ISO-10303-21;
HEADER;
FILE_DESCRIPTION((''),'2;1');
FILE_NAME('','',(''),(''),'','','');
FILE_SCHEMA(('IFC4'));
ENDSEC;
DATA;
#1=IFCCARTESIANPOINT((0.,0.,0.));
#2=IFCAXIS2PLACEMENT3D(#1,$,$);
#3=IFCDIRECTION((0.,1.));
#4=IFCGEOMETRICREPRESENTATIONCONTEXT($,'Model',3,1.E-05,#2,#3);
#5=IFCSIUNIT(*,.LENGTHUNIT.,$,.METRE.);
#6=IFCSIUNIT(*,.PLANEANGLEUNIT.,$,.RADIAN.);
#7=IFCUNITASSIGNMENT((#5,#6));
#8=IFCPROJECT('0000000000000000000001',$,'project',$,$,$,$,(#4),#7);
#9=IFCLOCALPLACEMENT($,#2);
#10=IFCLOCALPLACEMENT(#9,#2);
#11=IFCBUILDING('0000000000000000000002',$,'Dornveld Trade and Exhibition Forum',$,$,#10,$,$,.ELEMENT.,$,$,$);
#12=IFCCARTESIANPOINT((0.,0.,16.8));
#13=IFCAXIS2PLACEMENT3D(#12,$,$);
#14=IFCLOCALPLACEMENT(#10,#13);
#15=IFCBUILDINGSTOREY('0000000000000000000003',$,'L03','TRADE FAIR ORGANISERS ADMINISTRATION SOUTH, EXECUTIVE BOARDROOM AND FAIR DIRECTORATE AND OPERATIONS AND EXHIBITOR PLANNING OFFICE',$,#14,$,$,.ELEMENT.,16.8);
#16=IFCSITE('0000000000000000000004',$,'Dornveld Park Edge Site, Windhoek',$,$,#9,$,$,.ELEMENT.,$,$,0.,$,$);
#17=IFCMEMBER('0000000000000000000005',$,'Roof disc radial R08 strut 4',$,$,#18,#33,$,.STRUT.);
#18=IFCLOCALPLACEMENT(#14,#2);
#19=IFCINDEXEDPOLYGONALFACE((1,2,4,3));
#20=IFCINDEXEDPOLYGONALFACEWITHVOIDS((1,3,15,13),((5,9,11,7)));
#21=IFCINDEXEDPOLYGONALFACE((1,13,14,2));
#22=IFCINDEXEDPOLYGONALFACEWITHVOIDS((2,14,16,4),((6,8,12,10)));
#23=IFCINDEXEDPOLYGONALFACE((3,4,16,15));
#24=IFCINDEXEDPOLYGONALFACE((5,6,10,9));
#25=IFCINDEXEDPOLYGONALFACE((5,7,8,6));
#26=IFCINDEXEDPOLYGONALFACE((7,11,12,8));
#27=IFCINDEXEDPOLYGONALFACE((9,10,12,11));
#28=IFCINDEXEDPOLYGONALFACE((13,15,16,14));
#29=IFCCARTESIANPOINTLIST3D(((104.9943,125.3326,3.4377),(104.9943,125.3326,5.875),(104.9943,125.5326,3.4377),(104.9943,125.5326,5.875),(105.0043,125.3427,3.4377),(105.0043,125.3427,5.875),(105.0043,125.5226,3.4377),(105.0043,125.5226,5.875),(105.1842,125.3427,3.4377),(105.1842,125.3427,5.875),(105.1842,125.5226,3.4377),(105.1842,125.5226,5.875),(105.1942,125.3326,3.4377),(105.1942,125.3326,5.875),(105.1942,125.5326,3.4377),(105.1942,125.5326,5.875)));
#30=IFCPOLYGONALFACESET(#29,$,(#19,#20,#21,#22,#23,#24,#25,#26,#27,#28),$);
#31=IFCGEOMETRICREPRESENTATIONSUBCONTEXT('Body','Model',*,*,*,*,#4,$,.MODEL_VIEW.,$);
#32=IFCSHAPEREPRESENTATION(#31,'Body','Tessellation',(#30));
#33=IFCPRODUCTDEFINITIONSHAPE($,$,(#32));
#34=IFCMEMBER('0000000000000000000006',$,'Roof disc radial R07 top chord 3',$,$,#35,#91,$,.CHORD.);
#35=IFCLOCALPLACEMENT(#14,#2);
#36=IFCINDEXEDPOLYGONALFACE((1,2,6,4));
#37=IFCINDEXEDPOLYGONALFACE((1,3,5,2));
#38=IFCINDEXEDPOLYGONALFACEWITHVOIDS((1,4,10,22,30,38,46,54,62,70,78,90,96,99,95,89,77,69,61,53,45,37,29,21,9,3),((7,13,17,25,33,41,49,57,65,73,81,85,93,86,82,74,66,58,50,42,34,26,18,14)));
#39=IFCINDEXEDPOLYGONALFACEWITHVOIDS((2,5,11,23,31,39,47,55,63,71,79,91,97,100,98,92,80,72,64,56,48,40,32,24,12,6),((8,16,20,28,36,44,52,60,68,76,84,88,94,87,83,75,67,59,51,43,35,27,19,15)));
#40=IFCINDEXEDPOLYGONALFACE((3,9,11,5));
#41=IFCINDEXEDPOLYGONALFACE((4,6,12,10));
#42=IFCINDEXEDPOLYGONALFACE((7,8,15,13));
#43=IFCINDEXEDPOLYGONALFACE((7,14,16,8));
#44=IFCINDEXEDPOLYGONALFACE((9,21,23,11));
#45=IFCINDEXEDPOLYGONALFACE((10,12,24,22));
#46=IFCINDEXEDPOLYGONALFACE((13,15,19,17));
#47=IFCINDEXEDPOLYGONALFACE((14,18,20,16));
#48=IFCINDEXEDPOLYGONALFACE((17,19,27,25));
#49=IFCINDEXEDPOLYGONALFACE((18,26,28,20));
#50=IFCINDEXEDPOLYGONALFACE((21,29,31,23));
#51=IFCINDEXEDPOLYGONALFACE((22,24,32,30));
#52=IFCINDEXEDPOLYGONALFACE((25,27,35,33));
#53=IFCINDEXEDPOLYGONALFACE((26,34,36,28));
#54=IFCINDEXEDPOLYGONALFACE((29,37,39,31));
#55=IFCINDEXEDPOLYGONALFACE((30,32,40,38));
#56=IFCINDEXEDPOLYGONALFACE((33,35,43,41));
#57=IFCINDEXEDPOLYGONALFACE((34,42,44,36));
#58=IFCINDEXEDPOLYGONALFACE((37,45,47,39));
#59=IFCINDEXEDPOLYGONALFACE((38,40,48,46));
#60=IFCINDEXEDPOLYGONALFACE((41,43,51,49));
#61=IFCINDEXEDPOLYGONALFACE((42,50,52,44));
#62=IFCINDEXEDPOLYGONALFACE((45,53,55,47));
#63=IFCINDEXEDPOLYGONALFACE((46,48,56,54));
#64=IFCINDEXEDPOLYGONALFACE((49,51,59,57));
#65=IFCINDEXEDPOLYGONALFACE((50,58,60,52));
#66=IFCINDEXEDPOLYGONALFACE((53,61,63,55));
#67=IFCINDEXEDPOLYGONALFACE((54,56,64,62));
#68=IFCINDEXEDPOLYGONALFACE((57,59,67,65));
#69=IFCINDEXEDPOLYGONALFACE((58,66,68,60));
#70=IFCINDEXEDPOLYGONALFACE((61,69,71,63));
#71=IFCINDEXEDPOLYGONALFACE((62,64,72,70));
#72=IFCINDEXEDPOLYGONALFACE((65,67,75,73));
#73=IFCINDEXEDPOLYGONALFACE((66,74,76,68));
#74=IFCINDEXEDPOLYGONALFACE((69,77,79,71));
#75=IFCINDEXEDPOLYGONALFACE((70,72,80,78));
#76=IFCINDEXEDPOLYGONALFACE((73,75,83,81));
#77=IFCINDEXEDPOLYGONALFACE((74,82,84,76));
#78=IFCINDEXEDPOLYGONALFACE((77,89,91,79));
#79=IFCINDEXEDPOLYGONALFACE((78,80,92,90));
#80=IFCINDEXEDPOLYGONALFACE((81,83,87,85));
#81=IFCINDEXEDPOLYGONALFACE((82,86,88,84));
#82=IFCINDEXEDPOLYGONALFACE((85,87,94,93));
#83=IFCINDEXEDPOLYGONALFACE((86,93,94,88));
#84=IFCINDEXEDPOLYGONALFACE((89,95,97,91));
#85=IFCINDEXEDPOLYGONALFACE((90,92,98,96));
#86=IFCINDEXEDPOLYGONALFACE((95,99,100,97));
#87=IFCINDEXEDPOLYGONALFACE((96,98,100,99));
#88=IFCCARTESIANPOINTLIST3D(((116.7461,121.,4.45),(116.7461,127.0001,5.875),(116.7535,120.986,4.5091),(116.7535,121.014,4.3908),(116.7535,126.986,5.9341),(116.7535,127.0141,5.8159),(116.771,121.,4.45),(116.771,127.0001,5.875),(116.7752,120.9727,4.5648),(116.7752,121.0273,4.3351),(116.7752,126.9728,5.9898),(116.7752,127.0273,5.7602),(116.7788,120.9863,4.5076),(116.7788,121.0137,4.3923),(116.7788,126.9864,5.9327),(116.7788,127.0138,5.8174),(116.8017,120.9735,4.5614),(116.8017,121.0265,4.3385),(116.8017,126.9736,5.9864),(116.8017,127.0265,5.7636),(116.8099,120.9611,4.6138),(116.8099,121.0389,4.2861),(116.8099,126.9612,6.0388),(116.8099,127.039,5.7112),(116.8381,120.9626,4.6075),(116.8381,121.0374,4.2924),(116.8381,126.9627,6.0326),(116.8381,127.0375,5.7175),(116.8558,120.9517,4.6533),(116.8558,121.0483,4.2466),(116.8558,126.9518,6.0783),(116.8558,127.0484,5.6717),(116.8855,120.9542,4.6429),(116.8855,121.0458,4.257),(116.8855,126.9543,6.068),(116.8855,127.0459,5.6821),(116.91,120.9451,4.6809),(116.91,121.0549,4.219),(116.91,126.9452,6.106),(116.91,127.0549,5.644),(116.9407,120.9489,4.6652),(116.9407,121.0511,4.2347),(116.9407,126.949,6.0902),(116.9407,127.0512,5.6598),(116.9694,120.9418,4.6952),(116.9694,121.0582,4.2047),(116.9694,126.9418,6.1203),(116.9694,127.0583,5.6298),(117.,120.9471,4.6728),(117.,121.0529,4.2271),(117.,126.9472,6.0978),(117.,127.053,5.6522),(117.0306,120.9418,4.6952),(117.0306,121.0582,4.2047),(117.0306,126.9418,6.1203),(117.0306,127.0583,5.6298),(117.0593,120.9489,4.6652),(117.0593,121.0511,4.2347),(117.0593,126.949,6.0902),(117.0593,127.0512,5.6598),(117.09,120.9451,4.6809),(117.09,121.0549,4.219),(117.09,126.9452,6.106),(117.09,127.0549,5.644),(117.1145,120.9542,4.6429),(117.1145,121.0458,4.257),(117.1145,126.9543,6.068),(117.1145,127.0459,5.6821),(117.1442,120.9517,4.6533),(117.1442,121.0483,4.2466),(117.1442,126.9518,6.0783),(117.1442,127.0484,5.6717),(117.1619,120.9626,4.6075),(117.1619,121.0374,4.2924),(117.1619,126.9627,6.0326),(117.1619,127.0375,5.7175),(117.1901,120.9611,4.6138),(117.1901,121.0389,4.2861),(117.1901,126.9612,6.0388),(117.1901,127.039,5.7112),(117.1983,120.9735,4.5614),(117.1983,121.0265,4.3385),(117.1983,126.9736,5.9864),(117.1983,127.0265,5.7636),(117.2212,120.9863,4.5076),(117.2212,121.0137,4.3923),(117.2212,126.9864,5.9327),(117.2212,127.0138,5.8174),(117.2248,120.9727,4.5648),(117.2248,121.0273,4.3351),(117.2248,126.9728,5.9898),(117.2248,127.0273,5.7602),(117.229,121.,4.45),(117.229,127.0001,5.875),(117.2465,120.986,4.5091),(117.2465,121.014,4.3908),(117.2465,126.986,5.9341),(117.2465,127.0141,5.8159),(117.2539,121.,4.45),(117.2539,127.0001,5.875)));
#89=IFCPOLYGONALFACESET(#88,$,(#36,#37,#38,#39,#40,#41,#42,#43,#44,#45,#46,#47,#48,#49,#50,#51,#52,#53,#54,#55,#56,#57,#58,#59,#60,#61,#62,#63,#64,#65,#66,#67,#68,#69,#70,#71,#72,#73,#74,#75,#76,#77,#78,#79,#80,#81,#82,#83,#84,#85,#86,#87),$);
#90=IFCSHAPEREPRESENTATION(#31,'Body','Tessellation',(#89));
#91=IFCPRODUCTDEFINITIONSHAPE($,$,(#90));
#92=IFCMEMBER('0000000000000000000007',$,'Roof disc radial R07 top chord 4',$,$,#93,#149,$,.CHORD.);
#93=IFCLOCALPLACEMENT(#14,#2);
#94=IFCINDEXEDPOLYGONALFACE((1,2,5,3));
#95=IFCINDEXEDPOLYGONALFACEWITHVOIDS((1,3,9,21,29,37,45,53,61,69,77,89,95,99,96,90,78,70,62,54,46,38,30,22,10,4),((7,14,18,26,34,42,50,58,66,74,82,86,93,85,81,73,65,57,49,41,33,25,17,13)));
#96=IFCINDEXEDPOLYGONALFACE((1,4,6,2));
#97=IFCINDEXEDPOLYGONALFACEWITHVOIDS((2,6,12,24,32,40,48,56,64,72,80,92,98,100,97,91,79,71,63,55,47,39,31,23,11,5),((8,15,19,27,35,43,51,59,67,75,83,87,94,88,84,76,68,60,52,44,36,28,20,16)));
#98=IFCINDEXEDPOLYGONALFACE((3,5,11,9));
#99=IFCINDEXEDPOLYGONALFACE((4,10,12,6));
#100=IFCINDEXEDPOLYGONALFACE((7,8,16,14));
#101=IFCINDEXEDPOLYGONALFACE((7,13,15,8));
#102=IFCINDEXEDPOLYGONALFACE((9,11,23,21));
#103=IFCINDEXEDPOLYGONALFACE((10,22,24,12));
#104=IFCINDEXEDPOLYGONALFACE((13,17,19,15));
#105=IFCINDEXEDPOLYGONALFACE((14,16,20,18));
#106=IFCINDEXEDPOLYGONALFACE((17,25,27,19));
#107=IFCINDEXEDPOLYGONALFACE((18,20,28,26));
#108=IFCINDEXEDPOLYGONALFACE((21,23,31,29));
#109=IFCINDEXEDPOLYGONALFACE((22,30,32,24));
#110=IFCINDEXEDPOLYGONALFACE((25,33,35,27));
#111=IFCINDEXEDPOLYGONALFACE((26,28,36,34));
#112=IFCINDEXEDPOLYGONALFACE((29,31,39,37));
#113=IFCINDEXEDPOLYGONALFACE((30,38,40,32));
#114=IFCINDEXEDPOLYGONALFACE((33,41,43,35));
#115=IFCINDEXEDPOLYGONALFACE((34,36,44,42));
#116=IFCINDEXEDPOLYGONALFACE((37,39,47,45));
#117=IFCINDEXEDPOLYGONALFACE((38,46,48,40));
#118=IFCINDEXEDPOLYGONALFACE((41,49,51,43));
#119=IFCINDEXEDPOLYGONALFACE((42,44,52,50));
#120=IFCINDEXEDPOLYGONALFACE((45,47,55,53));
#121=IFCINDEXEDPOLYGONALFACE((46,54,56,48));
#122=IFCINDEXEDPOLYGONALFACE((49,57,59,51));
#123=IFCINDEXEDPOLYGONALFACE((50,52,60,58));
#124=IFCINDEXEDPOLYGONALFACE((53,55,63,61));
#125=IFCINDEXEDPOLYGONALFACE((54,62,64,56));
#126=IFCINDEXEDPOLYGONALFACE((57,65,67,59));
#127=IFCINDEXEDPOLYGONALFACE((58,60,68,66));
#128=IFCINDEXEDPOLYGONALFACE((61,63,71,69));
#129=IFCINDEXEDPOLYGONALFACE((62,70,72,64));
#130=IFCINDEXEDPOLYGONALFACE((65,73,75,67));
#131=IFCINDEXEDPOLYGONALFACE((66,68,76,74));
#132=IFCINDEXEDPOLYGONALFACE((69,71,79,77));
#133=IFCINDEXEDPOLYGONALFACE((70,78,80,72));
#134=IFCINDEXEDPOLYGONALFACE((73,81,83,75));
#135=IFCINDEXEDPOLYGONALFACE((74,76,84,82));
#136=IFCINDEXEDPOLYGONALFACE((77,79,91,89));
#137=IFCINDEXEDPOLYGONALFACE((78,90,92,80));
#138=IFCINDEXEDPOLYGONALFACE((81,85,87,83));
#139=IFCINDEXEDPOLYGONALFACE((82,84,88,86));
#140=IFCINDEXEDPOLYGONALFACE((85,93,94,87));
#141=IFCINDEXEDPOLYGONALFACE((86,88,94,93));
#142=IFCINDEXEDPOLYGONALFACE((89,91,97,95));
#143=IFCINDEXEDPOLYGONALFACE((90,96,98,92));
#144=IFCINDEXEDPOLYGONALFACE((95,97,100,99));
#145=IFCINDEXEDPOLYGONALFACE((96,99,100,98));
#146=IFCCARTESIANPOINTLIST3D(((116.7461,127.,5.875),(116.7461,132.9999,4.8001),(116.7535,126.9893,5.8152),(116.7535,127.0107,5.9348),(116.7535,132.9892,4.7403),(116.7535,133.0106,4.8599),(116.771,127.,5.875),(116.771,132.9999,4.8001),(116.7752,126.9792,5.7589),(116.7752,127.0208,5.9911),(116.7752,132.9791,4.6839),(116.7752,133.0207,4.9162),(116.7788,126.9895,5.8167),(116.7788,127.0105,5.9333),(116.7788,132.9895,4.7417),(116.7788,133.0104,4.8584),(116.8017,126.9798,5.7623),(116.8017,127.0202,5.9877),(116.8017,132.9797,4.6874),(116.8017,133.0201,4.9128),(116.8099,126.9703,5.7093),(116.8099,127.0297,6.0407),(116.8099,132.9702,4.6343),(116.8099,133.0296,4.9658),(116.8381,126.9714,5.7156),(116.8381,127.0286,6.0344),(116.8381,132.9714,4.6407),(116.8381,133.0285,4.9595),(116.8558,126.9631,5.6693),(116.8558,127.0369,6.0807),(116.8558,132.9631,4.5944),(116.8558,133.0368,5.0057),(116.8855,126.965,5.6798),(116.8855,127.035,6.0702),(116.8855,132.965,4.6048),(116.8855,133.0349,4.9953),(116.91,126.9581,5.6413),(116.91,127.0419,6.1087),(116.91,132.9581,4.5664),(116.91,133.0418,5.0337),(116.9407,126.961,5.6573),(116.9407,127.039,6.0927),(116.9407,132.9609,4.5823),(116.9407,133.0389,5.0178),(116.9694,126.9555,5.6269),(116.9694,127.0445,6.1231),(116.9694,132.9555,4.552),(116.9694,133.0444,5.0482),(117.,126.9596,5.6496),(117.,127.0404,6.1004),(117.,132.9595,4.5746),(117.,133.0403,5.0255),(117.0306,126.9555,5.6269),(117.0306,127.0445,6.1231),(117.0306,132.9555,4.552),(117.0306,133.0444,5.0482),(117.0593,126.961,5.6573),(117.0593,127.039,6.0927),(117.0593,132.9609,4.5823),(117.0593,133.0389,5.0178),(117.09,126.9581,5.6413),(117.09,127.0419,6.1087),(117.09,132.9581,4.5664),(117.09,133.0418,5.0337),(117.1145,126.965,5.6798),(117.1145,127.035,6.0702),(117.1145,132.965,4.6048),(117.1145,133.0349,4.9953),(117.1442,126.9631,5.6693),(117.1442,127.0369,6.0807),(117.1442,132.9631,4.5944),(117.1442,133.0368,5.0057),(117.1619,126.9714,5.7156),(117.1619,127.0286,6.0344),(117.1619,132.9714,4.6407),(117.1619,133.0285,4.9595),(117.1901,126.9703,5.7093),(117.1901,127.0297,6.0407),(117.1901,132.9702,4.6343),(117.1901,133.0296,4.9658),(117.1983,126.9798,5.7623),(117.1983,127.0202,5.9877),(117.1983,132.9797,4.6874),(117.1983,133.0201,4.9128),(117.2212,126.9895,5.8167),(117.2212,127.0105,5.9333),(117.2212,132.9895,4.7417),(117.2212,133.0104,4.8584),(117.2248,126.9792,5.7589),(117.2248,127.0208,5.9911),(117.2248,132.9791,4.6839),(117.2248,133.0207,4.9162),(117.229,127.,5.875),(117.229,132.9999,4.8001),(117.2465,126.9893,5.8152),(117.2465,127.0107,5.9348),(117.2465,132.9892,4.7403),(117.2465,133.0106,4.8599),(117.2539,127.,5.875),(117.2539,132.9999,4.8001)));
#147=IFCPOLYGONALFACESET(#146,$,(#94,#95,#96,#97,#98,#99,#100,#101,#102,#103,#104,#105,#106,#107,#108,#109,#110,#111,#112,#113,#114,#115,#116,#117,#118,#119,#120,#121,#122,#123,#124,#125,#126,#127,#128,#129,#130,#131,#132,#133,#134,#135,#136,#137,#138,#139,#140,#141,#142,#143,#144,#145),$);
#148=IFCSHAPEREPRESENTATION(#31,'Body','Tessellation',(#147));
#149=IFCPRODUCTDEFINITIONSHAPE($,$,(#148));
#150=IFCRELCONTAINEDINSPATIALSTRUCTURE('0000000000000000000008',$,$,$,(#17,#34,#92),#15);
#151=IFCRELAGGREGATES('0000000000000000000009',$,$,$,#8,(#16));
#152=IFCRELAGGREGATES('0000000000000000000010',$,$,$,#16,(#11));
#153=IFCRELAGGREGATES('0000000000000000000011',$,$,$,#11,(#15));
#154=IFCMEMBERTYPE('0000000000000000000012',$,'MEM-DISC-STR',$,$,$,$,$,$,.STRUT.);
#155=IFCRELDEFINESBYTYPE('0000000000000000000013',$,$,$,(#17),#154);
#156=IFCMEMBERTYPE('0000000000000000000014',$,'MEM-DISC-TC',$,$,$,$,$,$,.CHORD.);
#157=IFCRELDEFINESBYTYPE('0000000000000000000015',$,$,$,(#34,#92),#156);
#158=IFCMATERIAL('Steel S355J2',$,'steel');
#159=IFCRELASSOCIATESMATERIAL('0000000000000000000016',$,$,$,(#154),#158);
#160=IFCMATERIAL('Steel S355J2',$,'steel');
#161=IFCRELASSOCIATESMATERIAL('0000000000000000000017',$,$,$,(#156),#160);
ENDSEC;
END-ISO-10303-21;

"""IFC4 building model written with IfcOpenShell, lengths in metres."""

from ifc_helpers import new_model, si_unit, direction, frame, origin, origin_2d, place, context, subcontext, project, spatial, hollow_rectangle, hollow_circle, extrude, material, material_profile, profile_set, type_object, element, save


model = new_model("IFC4")

# Units and contexts
model_context = context("Model", 3, precision=1e-05, world=origin(), true_north=direction((0.0, 1.0)))
body_context = subcontext(model_context, "Body", "Model", "MODEL_VIEW")
ifc_project = project(units=[si_unit("LENGTHUNIT", "METRE"), si_unit("PLANEANGLEUNIT", "RADIAN")], contexts=[model_context])

# Site, building, storey
site_placement = place(None, origin())
site = spatial("IfcSite", under=ifc_project, at=site_placement, Name="Dornveld Park Edge Site, Windhoek", CompositionType="ELEMENT", RefElevation=0.0)
building_placement = place(site_placement, origin())
building = spatial("IfcBuilding", under=site, at=building_placement, Name="Dornveld Trade and Exhibition Forum", CompositionType="ELEMENT")
storey_placement = place(building_placement, frame((0.0, 0.0, 16.8)))
storey = spatial("IfcBuildingStorey", under=building, at=storey_placement, Name="L03", Description="TRADE FAIR ORGANISERS ADMINISTRATION SOUTH, EXECUTIVE BOARDROOM AND FAIR DIRECTORATE AND OPERATIONS AND EXHIBITOR PLANNING OFFICE", CompositionType="ELEMENT", Elevation=16.8)

# Members
ifc_material_1 = material(Name="Steel S355J2", Category="steel")
ifc_material_profile_1 = material_profile(ifc_material_1, hollow_rectangle(XDim=0.2, YDim=0.2, WallThickness=0.01, at=origin_2d()), Name="SHS 200x200x10")
ifc_profile_set_1 = profile_set([ifc_material_profile_1], Name="Steel S355J2")
member_type_1 = type_object("IfcMemberType", Name="MEM-DISC-STR", PredefinedType="STRUT", material=ifc_profile_set_1)
member_1_placement = place(storey_placement, frame((105.0942, 125.4326, 3.4377), z_axis=(0.0, 0.0, 1.0), x_axis=(1.0, 0.0, 0.0)))
element("IfcMember", 1, at=member_1_placement, inside=storey, type_object=member_type_1, Name="Roof disc radial R08 strut 4", PredefinedType="STRUT", context=body_context, shape_type="SweptSolid", body=[
    extrude(hollow_rectangle(XDim=0.2, YDim=0.2, WallThickness=0.01, at=origin_2d()), origin(), (0.0, 0.0, 1.0), 2.4373),
])
ifc_material_2 = material(Name="Steel S355J2", Category="steel")
ifc_material_profile_2 = material_profile(ifc_material_2, hollow_circle(Radius=0.2539, WallThickness=0.0249, at=origin_2d()), Name="CHS 508x25")
ifc_profile_set_2 = profile_set([ifc_material_profile_2], Name="Steel S355J2")
member_type_2 = type_object("IfcMemberType", Name="MEM-DISC-TC", PredefinedType="CHORD", material=ifc_profile_set_2)
member_2_placement = place(storey_placement, frame((117.0, 121.0, 4.45), z_axis=(0.0, 0.972935, 0.23108), x_axis=(-1.0, 0.0, 0.0)))
element("IfcMember", 2, at=member_2_placement, inside=storey, type_object=member_type_2, Name="Roof disc radial R07 top chord 3", PredefinedType="CHORD", context=body_context, shape_type="SweptSolid", body=[
    extrude(hollow_circle(Radius=0.2539, WallThickness=0.0249, at=origin_2d()), origin(), (0.0, 0.0, 1.0), 6.167),
])
member_3_placement = place(storey_placement, frame((117.0, 127.0, 5.875), z_axis=(0.0, 0.984327, -0.176351), x_axis=(-1.0, 0.0, 0.0)))
element("IfcMember", 3, at=member_3_placement, inside=storey, type_object=member_type_2, Name="Roof disc radial R07 top chord 4", PredefinedType="CHORD", context=body_context, shape_type="SweptSolid", body=[
    extrude(hollow_circle(Radius=0.2539, WallThickness=0.0249, at=origin_2d()), origin(), (0.0, 0.0, 1.0), 6.0955),
])

save(model, "model.ifc")
